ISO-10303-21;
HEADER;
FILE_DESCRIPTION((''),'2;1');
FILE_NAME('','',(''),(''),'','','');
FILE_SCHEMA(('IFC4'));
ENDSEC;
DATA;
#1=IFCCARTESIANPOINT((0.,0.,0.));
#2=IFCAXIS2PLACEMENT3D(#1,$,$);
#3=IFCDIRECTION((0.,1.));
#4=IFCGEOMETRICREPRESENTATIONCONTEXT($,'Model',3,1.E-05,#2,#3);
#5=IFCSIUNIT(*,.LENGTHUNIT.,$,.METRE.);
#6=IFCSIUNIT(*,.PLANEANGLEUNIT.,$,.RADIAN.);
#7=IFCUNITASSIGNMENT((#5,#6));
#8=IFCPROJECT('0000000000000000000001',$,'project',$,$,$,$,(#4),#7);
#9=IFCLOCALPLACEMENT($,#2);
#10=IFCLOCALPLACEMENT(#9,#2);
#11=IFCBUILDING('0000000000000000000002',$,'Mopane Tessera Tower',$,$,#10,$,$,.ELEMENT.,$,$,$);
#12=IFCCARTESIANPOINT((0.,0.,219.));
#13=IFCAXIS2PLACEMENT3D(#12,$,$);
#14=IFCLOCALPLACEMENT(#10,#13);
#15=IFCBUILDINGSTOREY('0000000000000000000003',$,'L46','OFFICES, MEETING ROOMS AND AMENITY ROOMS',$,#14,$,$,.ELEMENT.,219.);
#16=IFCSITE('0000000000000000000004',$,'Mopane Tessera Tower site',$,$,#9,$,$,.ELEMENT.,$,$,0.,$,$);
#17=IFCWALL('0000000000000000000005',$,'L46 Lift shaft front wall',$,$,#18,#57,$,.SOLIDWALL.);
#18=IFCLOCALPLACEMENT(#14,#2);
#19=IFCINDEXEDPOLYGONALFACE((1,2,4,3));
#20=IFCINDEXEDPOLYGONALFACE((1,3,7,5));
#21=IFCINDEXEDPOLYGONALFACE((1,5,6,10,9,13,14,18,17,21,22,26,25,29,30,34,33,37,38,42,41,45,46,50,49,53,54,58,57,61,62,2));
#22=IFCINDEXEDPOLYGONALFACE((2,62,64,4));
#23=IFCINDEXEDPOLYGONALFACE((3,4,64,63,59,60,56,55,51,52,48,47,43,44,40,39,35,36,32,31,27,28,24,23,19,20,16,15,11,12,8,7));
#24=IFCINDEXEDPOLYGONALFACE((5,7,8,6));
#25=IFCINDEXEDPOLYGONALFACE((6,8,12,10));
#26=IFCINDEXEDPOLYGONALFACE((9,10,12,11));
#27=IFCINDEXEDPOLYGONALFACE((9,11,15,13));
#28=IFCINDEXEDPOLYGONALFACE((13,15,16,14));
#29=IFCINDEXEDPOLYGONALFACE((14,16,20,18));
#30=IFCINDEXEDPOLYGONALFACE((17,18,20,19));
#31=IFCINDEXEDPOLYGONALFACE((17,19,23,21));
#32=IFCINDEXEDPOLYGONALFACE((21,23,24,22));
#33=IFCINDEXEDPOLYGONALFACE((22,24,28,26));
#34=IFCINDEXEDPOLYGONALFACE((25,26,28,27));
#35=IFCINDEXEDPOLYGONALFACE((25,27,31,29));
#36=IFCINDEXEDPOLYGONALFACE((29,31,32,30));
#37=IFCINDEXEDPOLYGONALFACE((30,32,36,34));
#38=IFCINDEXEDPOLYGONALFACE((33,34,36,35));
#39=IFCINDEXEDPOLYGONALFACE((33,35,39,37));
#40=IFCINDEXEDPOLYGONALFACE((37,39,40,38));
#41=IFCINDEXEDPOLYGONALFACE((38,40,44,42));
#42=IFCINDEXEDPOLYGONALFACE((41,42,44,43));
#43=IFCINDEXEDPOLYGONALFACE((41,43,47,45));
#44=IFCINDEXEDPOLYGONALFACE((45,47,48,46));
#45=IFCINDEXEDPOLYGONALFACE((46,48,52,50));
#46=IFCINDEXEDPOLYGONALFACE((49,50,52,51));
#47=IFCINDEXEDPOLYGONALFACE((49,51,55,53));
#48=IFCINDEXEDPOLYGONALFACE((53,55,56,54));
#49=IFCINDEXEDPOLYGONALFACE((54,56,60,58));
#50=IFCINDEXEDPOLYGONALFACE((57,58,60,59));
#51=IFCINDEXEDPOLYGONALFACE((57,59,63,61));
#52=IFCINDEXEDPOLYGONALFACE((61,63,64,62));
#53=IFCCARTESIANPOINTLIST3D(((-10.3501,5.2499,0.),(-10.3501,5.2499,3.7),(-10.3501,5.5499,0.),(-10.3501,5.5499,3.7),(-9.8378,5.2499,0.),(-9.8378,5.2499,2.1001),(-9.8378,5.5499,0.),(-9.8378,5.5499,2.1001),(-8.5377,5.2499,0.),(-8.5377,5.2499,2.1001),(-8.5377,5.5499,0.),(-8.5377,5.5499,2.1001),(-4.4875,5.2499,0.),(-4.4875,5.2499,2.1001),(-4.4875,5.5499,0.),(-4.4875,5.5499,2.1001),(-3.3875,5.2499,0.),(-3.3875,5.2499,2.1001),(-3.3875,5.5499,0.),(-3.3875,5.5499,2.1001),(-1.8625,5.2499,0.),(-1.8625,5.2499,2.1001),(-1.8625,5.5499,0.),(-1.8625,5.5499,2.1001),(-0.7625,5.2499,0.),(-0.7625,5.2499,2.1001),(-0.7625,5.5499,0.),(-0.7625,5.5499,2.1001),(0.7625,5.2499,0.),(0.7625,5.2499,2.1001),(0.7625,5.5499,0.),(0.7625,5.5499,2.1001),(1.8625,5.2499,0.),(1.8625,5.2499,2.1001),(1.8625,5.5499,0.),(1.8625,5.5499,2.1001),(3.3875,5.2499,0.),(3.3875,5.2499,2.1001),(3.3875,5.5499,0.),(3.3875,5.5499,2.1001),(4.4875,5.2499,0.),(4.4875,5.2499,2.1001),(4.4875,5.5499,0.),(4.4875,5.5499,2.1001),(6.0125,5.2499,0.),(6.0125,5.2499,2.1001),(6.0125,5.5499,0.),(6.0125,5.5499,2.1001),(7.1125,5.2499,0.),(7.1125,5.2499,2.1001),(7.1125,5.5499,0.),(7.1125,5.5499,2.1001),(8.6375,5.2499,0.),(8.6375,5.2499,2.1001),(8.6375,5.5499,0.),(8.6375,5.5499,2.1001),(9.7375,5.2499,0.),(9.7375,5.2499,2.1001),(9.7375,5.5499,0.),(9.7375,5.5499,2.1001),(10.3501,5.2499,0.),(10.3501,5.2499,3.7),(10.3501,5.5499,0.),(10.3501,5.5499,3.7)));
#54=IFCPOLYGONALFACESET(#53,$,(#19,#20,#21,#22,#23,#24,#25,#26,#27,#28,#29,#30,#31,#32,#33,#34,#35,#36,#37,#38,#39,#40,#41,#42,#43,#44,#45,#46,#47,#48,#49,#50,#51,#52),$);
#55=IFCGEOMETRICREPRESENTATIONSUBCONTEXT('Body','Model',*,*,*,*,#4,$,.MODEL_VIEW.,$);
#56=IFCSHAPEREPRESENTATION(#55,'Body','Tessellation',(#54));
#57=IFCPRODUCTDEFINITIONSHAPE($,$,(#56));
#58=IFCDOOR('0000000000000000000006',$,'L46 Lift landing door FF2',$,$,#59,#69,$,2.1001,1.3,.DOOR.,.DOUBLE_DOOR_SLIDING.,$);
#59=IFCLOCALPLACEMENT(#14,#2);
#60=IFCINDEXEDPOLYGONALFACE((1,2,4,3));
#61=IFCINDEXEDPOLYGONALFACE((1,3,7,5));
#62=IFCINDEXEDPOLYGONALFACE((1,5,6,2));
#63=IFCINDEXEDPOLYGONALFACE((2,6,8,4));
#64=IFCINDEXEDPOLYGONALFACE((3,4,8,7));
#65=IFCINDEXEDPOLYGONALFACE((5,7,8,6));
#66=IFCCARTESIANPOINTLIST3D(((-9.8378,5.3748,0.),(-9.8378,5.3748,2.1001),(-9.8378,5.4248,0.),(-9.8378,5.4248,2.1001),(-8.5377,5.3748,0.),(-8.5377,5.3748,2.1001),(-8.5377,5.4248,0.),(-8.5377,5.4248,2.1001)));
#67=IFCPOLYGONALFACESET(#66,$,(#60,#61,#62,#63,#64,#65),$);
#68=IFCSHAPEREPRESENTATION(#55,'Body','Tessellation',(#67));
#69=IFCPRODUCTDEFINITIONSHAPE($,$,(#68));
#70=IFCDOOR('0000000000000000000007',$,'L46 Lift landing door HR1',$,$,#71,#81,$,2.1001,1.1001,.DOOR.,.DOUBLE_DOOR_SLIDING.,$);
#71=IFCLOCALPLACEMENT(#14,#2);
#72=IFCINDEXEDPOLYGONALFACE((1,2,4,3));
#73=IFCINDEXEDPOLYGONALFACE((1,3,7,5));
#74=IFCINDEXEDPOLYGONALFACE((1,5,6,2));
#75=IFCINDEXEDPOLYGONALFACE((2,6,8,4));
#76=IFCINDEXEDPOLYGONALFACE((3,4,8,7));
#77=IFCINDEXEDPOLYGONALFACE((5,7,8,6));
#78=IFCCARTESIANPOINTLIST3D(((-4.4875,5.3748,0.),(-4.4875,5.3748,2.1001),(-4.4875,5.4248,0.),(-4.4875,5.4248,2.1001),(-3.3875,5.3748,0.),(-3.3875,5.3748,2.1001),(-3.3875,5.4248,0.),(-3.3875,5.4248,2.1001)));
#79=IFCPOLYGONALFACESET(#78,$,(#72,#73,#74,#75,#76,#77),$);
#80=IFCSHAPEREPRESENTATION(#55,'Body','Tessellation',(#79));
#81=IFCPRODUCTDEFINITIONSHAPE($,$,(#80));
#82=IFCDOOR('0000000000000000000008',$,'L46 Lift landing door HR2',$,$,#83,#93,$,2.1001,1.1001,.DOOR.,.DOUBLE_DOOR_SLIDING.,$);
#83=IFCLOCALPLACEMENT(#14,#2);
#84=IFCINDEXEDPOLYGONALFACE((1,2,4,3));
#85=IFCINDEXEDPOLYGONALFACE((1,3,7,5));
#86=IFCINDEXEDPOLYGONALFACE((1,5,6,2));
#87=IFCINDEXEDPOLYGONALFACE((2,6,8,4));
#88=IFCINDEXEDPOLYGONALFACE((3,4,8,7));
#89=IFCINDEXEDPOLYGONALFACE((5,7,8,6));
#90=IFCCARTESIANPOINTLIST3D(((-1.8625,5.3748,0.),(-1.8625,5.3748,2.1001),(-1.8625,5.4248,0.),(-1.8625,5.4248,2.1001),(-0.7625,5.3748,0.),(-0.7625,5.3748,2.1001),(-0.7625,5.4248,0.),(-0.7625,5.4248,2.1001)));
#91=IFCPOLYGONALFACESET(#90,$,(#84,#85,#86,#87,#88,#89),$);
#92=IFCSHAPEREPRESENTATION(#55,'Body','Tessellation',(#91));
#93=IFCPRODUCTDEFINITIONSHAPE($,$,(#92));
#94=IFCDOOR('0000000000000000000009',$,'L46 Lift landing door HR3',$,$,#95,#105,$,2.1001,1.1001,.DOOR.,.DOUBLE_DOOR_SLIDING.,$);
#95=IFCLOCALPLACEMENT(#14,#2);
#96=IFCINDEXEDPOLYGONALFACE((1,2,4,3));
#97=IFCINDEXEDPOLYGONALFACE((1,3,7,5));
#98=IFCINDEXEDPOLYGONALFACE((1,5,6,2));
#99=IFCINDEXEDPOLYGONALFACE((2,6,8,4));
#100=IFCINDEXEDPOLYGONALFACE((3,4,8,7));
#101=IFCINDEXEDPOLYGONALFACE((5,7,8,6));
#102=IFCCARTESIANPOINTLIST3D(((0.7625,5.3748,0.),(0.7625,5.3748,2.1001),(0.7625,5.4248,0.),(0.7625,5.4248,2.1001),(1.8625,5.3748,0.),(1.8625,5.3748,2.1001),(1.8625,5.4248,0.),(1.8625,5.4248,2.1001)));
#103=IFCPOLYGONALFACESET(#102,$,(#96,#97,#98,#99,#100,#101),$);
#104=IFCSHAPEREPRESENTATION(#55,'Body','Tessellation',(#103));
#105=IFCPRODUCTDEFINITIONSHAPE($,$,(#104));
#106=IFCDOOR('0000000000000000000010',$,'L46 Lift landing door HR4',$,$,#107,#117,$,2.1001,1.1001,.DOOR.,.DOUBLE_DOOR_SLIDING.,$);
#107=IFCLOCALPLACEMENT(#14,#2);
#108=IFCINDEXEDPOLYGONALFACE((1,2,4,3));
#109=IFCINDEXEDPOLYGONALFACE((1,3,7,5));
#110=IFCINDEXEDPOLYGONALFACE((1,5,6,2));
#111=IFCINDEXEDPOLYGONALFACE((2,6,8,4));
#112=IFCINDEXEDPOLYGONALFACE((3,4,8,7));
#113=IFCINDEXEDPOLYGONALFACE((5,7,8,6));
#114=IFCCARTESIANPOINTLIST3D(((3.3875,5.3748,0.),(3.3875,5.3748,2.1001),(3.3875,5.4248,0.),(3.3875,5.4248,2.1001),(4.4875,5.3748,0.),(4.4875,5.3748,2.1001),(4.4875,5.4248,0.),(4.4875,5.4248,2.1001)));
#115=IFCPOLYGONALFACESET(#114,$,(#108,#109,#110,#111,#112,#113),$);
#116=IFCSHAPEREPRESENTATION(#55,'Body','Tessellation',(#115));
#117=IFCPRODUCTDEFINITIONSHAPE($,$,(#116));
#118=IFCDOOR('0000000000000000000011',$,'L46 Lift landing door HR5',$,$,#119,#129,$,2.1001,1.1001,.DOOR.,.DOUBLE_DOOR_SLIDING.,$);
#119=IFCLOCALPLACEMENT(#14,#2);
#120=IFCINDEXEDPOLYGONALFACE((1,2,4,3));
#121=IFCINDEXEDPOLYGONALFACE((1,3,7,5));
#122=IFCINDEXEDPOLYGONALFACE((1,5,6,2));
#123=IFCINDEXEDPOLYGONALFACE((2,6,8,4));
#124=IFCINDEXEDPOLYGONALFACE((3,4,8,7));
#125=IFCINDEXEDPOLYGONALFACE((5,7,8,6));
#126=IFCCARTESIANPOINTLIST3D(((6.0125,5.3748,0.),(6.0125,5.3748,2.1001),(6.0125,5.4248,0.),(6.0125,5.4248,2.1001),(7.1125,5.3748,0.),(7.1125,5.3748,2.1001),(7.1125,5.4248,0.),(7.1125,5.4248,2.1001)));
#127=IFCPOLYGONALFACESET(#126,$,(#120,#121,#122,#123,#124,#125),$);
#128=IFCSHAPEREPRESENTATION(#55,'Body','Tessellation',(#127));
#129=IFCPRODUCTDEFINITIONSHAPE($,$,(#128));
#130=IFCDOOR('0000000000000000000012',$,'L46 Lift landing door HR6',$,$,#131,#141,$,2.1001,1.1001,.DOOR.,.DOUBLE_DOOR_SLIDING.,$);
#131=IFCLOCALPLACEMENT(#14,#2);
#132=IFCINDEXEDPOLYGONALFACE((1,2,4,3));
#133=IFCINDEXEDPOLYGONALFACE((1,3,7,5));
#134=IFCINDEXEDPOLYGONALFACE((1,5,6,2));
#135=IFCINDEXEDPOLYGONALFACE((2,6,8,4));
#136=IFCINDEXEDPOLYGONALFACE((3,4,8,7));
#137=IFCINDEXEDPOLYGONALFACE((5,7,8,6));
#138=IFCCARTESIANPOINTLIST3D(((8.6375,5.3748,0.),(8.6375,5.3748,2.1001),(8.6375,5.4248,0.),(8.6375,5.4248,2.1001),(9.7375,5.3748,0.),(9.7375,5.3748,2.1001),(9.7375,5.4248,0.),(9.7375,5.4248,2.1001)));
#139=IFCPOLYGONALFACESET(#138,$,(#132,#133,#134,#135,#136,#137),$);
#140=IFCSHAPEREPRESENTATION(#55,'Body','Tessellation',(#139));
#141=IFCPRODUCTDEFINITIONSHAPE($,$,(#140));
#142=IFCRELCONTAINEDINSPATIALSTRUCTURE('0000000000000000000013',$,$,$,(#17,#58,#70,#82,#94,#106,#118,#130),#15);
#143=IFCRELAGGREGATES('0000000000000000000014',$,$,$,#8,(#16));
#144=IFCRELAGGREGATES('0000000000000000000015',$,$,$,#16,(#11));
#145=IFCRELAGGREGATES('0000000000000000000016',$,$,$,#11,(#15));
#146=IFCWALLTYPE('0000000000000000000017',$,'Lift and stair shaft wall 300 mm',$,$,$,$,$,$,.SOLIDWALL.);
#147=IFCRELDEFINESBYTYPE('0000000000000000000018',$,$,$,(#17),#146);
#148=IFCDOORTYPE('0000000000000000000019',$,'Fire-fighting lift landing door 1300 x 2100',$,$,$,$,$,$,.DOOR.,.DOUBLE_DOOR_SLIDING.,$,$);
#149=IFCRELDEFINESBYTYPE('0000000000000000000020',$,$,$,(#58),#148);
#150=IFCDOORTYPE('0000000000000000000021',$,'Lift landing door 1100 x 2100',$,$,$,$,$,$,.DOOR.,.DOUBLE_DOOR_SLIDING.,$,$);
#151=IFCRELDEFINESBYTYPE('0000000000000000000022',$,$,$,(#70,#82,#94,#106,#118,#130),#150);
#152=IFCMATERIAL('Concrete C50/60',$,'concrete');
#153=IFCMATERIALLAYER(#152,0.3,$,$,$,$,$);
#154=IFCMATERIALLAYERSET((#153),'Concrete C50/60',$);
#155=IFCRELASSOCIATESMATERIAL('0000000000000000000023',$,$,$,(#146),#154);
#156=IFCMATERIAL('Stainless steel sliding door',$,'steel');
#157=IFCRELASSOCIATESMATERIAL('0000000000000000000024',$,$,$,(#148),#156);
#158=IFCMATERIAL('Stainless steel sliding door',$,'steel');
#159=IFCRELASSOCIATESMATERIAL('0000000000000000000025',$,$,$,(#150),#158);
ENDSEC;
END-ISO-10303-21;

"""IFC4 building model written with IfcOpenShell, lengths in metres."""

from ifc_helpers import new_model, si_unit, direction, frame, frame_2d, origin, place, context, subcontext, project, spatial, rectangle, extrude, material, layer, layer_set, type_object, element, fill, save


model = new_model("IFC4")

# Units and contexts
model_context = context("Model", 3, precision=1e-05, world=origin(), true_north=direction((0.0, 1.0)))
body_context = subcontext(model_context, "Body", "Model", "MODEL_VIEW")
ifc_project = project(units=[si_unit("LENGTHUNIT", "METRE"), si_unit("PLANEANGLEUNIT", "RADIAN")], contexts=[model_context])

# Site, building, storey
site_placement = place(None, origin())
site = spatial("IfcSite", under=ifc_project, at=site_placement, Name="Mopane Tessera Tower site", CompositionType="ELEMENT", RefElevation=0.0)
building_placement = place(site_placement, origin())
building = spatial("IfcBuilding", under=site, at=building_placement, Name="Mopane Tessera Tower", CompositionType="ELEMENT")
storey_placement = place(building_placement, frame((0.0, 0.0, 219.0)))
storey = spatial("IfcBuildingStorey", under=building, at=storey_placement, Name="L46", Description="OFFICES, MEETING ROOMS AND AMENITY ROOMS", CompositionType="ELEMENT", Elevation=219.0)

# Wall, openings, doors
ifc_material_1 = material(Name="Concrete C50/60", Category="concrete")
ifc_layer_1 = layer(ifc_material_1, 0.3)
ifc_layer_set_1 = layer_set([ifc_layer_1], Name="Concrete C50/60")
wall_type_1 = type_object("IfcWallType", Name="Lift and stair shaft wall 300 mm", PredefinedType="SOLIDWALL", material=ifc_layer_set_1)
ifc_material_2 = material(Name="Stainless steel sliding door", Category="steel")
door_type_1 = type_object("IfcDoorType", Name="Fire-fighting lift landing door 1300 x 2100", OperationType="DOUBLE_DOOR_SLIDING", PredefinedType="DOOR", material=ifc_material_2)
wall_1_placement = place(storey_placement, frame((-10.3501, 5.3999, 0.0), z_axis=(0.0, 0.0, 1.0), x_axis=(1.0, 0.0, 0.0)))
wall_1 = element("IfcWall", 1, at=wall_1_placement, inside=storey, type_object=wall_type_1, Name="L46 Lift shaft front wall", PredefinedType="SOLIDWALL", context=body_context, shape_type="SweptSolid", body=[
    extrude(rectangle(XDim=20.7002, YDim=0.3, at=frame_2d((10.3501, 0.0))), origin(), (0.0, 0.0, 1.0), 3.7),
])
opening_1_placement = place(wall_1_placement, frame((0.5125, 0.0, 0.0)))
opening_1 = element("IfcOpeningElement", 2, at=opening_1_placement, cuts=wall_1, PredefinedType="OPENING", context=body_context, shape_type="SweptSolid", body=[
    extrude(rectangle(XDim=1.3, YDim=2.1001, at=frame_2d((0.6499, 1.05))), frame((0.0, 0.1621, 0.0), z_axis=(0.0, -1.0, 0.0), x_axis=(1.0, 0.0, 0.0)), (0.0, 0.0, 1.0), 0.324),
])
opening_2_placement = place(wall_1_placement, frame((5.8625, 0.0, 0.0)))
opening_2 = element("IfcOpeningElement", 3, at=opening_2_placement, cuts=wall_1, PredefinedType="OPENING", context=body_context, shape_type="SweptSolid", body=[
    extrude(rectangle(XDim=1.1001, YDim=2.1001, at=frame_2d((0.55, 1.05))), frame((0.0, 0.1621, 0.0), z_axis=(0.0, -1.0, 0.0), x_axis=(1.0, 0.0, 0.0)), (0.0, 0.0, 1.0), 0.324),
])
opening_3_placement = place(wall_1_placement, frame((8.4875, 0.0, 0.0)))
opening_3 = element("IfcOpeningElement", 4, at=opening_3_placement, cuts=wall_1, PredefinedType="OPENING", context=body_context, shape_type="SweptSolid", body=[
    extrude(rectangle(XDim=1.1001, YDim=2.1001, at=frame_2d((0.55, 1.05))), frame((0.0, 0.1621, 0.0), z_axis=(0.0, -1.0, 0.0), x_axis=(1.0, 0.0, 0.0)), (0.0, 0.0, 1.0), 0.324),
])
opening_4_placement = place(wall_1_placement, frame((11.1125, 0.0, 0.0)))
opening_4 = element("IfcOpeningElement", 5, at=opening_4_placement, cuts=wall_1, PredefinedType="OPENING", context=body_context, shape_type="SweptSolid", body=[
    extrude(rectangle(XDim=1.1001, YDim=2.1001, at=frame_2d((0.55, 1.05))), frame((0.0, 0.1621, 0.0), z_axis=(0.0, -1.0, 0.0), x_axis=(1.0, 0.0, 0.0)), (0.0, 0.0, 1.0), 0.324),
])
opening_5_placement = place(wall_1_placement, frame((13.7375, 0.0, 0.0)))
opening_5 = element("IfcOpeningElement", 6, at=opening_5_placement, cuts=wall_1, PredefinedType="OPENING", context=body_context, shape_type="SweptSolid", body=[
    extrude(rectangle(XDim=1.1001, YDim=2.1001, at=frame_2d((0.55, 1.05))), frame((0.0, 0.1621, 0.0), z_axis=(0.0, -1.0, 0.0), x_axis=(1.0, 0.0, 0.0)), (0.0, 0.0, 1.0), 0.324),
])
opening_6_placement = place(wall_1_placement, frame((16.3625, 0.0, 0.0)))
opening_6 = element("IfcOpeningElement", 7, at=opening_6_placement, cuts=wall_1, PredefinedType="OPENING", context=body_context, shape_type="SweptSolid", body=[
    extrude(rectangle(XDim=1.1001, YDim=2.1001, at=frame_2d((0.55, 1.05))), frame((0.0, 0.1621, 0.0), z_axis=(0.0, -1.0, 0.0), x_axis=(1.0, 0.0, 0.0)), (0.0, 0.0, 1.0), 0.324),
])
opening_7_placement = place(wall_1_placement, frame((18.9875, 0.0, 0.0)))
opening_7 = element("IfcOpeningElement", 8, at=opening_7_placement, cuts=wall_1, PredefinedType="OPENING", context=body_context, shape_type="SweptSolid", body=[
    extrude(rectangle(XDim=1.1001, YDim=2.1001, at=frame_2d((0.55, 1.05))), frame((0.0, 0.1621, 0.0), z_axis=(0.0, -1.0, 0.0), x_axis=(1.0, 0.0, 0.0)), (0.0, 0.0, 1.0), 0.324),
])
door_1_placement = place(opening_1_placement, origin())
door_1 = element("IfcDoor", 9, at=door_1_placement, inside=storey, type_object=door_type_1, Name="L46 Lift landing door FF2", OperationType="DOUBLE_DOOR_SLIDING", OverallHeight=2.1001, OverallWidth=1.3, PredefinedType="DOOR", context=body_context, shape_type="SweptSolid", body=[
    extrude(rectangle(XDim=1.3, YDim=2.1001, at=frame_2d((0.6499, 1.05))), frame((0.0, 0.0249, 0.0), z_axis=(0.0, -1.0, 0.0), x_axis=(1.0, 0.0, 0.0)), (0.0, 0.0, 1.0), 0.05),
])
fill(opening_1, door_1)
ifc_material_3 = material(Name="Stainless steel sliding door", Category="steel")
door_type_2 = type_object("IfcDoorType", Name="Lift landing door 1100 x 2100", OperationType="DOUBLE_DOOR_SLIDING", PredefinedType="DOOR", material=ifc_material_3)
door_2_placement = place(opening_2_placement, origin())
door_2 = element("IfcDoor", 10, at=door_2_placement, inside=storey, type_object=door_type_2, Name="L46 Lift landing door HR1", OperationType="DOUBLE_DOOR_SLIDING", OverallHeight=2.1001, OverallWidth=1.1001, PredefinedType="DOOR", context=body_context, shape_type="SweptSolid", body=[
    extrude(rectangle(XDim=1.1001, YDim=2.1001, at=frame_2d((0.55, 1.05))), frame((0.0, 0.0249, 0.0), z_axis=(0.0, -1.0, 0.0), x_axis=(1.0, 0.0, 0.0)), (0.0, 0.0, 1.0), 0.05),
])
fill(opening_2, door_2)
door_3_placement = place(opening_3_placement, origin())
door_3 = element("IfcDoor", 11, at=door_3_placement, inside=storey, type_object=door_type_2, Name="L46 Lift landing door HR2", OperationType="DOUBLE_DOOR_SLIDING", OverallHeight=2.1001, OverallWidth=1.1001, PredefinedType="DOOR", context=body_context, shape_type="SweptSolid", body=[
    extrude(rectangle(XDim=1.1001, YDim=2.1001, at=frame_2d((0.55, 1.05))), frame((0.0, 0.0249, 0.0), z_axis=(0.0, -1.0, 0.0), x_axis=(1.0, 0.0, 0.0)), (0.0, 0.0, 1.0), 0.05),
])
fill(opening_3, door_3)
door_4_placement = place(opening_4_placement, origin())
door_4 = element("IfcDoor", 12, at=door_4_placement, inside=storey, type_object=door_type_2, Name="L46 Lift landing door HR3", OperationType="DOUBLE_DOOR_SLIDING", OverallHeight=2.1001, OverallWidth=1.1001, PredefinedType="DOOR", context=body_context, shape_type="SweptSolid", body=[
    extrude(rectangle(XDim=1.1001, YDim=2.1001, at=frame_2d((0.55, 1.05))), frame((0.0, 0.0249, 0.0), z_axis=(0.0, -1.0, 0.0), x_axis=(1.0, 0.0, 0.0)), (0.0, 0.0, 1.0), 0.05),
])
fill(opening_4, door_4)
door_5_placement = place(opening_5_placement, origin())
door_5 = element("IfcDoor", 13, at=door_5_placement, inside=storey, type_object=door_type_2, Name="L46 Lift landing door HR4", OperationType="DOUBLE_DOOR_SLIDING", OverallHeight=2.1001, OverallWidth=1.1001, PredefinedType="DOOR", context=body_context, shape_type="SweptSolid", body=[
    extrude(rectangle(XDim=1.1001, YDim=2.1001, at=frame_2d((0.55, 1.05))), frame((0.0, 0.0249, 0.0), z_axis=(0.0, -1.0, 0.0), x_axis=(1.0, 0.0, 0.0)), (0.0, 0.0, 1.0), 0.05),
])
fill(opening_5, door_5)
door_6_placement = place(opening_6_placement, origin())
door_6 = element("IfcDoor", 14, at=door_6_placement, inside=storey, type_object=door_type_2, Name="L46 Lift landing door HR5", OperationType="DOUBLE_DOOR_SLIDING", OverallHeight=2.1001, OverallWidth=1.1001, PredefinedType="DOOR", context=body_context, shape_type="SweptSolid", body=[
    extrude(rectangle(XDim=1.1001, YDim=2.1001, at=frame_2d((0.55, 1.05))), frame((0.0, 0.0249, 0.0), z_axis=(0.0, -1.0, 0.0), x_axis=(1.0, 0.0, 0.0)), (0.0, 0.0, 1.0), 0.05),
])
fill(opening_6, door_6)
door_7_placement = place(opening_7_placement, origin())
door_7 = element("IfcDoor", 15, at=door_7_placement, inside=storey, type_object=door_type_2, Name="L46 Lift landing door HR6", OperationType="DOUBLE_DOOR_SLIDING", OverallHeight=2.1001, OverallWidth=1.1001, PredefinedType="DOOR", context=body_context, shape_type="SweptSolid", body=[
    extrude(rectangle(XDim=1.1001, YDim=2.1001, at=frame_2d((0.55, 1.05))), frame((0.0, 0.0249, 0.0), z_axis=(0.0, -1.0, 0.0), x_axis=(1.0, 0.0, 0.0)), (0.0, 0.0, 1.0), 0.05),
])
fill(opening_7, door_7)

save(model, "model.ifc")
